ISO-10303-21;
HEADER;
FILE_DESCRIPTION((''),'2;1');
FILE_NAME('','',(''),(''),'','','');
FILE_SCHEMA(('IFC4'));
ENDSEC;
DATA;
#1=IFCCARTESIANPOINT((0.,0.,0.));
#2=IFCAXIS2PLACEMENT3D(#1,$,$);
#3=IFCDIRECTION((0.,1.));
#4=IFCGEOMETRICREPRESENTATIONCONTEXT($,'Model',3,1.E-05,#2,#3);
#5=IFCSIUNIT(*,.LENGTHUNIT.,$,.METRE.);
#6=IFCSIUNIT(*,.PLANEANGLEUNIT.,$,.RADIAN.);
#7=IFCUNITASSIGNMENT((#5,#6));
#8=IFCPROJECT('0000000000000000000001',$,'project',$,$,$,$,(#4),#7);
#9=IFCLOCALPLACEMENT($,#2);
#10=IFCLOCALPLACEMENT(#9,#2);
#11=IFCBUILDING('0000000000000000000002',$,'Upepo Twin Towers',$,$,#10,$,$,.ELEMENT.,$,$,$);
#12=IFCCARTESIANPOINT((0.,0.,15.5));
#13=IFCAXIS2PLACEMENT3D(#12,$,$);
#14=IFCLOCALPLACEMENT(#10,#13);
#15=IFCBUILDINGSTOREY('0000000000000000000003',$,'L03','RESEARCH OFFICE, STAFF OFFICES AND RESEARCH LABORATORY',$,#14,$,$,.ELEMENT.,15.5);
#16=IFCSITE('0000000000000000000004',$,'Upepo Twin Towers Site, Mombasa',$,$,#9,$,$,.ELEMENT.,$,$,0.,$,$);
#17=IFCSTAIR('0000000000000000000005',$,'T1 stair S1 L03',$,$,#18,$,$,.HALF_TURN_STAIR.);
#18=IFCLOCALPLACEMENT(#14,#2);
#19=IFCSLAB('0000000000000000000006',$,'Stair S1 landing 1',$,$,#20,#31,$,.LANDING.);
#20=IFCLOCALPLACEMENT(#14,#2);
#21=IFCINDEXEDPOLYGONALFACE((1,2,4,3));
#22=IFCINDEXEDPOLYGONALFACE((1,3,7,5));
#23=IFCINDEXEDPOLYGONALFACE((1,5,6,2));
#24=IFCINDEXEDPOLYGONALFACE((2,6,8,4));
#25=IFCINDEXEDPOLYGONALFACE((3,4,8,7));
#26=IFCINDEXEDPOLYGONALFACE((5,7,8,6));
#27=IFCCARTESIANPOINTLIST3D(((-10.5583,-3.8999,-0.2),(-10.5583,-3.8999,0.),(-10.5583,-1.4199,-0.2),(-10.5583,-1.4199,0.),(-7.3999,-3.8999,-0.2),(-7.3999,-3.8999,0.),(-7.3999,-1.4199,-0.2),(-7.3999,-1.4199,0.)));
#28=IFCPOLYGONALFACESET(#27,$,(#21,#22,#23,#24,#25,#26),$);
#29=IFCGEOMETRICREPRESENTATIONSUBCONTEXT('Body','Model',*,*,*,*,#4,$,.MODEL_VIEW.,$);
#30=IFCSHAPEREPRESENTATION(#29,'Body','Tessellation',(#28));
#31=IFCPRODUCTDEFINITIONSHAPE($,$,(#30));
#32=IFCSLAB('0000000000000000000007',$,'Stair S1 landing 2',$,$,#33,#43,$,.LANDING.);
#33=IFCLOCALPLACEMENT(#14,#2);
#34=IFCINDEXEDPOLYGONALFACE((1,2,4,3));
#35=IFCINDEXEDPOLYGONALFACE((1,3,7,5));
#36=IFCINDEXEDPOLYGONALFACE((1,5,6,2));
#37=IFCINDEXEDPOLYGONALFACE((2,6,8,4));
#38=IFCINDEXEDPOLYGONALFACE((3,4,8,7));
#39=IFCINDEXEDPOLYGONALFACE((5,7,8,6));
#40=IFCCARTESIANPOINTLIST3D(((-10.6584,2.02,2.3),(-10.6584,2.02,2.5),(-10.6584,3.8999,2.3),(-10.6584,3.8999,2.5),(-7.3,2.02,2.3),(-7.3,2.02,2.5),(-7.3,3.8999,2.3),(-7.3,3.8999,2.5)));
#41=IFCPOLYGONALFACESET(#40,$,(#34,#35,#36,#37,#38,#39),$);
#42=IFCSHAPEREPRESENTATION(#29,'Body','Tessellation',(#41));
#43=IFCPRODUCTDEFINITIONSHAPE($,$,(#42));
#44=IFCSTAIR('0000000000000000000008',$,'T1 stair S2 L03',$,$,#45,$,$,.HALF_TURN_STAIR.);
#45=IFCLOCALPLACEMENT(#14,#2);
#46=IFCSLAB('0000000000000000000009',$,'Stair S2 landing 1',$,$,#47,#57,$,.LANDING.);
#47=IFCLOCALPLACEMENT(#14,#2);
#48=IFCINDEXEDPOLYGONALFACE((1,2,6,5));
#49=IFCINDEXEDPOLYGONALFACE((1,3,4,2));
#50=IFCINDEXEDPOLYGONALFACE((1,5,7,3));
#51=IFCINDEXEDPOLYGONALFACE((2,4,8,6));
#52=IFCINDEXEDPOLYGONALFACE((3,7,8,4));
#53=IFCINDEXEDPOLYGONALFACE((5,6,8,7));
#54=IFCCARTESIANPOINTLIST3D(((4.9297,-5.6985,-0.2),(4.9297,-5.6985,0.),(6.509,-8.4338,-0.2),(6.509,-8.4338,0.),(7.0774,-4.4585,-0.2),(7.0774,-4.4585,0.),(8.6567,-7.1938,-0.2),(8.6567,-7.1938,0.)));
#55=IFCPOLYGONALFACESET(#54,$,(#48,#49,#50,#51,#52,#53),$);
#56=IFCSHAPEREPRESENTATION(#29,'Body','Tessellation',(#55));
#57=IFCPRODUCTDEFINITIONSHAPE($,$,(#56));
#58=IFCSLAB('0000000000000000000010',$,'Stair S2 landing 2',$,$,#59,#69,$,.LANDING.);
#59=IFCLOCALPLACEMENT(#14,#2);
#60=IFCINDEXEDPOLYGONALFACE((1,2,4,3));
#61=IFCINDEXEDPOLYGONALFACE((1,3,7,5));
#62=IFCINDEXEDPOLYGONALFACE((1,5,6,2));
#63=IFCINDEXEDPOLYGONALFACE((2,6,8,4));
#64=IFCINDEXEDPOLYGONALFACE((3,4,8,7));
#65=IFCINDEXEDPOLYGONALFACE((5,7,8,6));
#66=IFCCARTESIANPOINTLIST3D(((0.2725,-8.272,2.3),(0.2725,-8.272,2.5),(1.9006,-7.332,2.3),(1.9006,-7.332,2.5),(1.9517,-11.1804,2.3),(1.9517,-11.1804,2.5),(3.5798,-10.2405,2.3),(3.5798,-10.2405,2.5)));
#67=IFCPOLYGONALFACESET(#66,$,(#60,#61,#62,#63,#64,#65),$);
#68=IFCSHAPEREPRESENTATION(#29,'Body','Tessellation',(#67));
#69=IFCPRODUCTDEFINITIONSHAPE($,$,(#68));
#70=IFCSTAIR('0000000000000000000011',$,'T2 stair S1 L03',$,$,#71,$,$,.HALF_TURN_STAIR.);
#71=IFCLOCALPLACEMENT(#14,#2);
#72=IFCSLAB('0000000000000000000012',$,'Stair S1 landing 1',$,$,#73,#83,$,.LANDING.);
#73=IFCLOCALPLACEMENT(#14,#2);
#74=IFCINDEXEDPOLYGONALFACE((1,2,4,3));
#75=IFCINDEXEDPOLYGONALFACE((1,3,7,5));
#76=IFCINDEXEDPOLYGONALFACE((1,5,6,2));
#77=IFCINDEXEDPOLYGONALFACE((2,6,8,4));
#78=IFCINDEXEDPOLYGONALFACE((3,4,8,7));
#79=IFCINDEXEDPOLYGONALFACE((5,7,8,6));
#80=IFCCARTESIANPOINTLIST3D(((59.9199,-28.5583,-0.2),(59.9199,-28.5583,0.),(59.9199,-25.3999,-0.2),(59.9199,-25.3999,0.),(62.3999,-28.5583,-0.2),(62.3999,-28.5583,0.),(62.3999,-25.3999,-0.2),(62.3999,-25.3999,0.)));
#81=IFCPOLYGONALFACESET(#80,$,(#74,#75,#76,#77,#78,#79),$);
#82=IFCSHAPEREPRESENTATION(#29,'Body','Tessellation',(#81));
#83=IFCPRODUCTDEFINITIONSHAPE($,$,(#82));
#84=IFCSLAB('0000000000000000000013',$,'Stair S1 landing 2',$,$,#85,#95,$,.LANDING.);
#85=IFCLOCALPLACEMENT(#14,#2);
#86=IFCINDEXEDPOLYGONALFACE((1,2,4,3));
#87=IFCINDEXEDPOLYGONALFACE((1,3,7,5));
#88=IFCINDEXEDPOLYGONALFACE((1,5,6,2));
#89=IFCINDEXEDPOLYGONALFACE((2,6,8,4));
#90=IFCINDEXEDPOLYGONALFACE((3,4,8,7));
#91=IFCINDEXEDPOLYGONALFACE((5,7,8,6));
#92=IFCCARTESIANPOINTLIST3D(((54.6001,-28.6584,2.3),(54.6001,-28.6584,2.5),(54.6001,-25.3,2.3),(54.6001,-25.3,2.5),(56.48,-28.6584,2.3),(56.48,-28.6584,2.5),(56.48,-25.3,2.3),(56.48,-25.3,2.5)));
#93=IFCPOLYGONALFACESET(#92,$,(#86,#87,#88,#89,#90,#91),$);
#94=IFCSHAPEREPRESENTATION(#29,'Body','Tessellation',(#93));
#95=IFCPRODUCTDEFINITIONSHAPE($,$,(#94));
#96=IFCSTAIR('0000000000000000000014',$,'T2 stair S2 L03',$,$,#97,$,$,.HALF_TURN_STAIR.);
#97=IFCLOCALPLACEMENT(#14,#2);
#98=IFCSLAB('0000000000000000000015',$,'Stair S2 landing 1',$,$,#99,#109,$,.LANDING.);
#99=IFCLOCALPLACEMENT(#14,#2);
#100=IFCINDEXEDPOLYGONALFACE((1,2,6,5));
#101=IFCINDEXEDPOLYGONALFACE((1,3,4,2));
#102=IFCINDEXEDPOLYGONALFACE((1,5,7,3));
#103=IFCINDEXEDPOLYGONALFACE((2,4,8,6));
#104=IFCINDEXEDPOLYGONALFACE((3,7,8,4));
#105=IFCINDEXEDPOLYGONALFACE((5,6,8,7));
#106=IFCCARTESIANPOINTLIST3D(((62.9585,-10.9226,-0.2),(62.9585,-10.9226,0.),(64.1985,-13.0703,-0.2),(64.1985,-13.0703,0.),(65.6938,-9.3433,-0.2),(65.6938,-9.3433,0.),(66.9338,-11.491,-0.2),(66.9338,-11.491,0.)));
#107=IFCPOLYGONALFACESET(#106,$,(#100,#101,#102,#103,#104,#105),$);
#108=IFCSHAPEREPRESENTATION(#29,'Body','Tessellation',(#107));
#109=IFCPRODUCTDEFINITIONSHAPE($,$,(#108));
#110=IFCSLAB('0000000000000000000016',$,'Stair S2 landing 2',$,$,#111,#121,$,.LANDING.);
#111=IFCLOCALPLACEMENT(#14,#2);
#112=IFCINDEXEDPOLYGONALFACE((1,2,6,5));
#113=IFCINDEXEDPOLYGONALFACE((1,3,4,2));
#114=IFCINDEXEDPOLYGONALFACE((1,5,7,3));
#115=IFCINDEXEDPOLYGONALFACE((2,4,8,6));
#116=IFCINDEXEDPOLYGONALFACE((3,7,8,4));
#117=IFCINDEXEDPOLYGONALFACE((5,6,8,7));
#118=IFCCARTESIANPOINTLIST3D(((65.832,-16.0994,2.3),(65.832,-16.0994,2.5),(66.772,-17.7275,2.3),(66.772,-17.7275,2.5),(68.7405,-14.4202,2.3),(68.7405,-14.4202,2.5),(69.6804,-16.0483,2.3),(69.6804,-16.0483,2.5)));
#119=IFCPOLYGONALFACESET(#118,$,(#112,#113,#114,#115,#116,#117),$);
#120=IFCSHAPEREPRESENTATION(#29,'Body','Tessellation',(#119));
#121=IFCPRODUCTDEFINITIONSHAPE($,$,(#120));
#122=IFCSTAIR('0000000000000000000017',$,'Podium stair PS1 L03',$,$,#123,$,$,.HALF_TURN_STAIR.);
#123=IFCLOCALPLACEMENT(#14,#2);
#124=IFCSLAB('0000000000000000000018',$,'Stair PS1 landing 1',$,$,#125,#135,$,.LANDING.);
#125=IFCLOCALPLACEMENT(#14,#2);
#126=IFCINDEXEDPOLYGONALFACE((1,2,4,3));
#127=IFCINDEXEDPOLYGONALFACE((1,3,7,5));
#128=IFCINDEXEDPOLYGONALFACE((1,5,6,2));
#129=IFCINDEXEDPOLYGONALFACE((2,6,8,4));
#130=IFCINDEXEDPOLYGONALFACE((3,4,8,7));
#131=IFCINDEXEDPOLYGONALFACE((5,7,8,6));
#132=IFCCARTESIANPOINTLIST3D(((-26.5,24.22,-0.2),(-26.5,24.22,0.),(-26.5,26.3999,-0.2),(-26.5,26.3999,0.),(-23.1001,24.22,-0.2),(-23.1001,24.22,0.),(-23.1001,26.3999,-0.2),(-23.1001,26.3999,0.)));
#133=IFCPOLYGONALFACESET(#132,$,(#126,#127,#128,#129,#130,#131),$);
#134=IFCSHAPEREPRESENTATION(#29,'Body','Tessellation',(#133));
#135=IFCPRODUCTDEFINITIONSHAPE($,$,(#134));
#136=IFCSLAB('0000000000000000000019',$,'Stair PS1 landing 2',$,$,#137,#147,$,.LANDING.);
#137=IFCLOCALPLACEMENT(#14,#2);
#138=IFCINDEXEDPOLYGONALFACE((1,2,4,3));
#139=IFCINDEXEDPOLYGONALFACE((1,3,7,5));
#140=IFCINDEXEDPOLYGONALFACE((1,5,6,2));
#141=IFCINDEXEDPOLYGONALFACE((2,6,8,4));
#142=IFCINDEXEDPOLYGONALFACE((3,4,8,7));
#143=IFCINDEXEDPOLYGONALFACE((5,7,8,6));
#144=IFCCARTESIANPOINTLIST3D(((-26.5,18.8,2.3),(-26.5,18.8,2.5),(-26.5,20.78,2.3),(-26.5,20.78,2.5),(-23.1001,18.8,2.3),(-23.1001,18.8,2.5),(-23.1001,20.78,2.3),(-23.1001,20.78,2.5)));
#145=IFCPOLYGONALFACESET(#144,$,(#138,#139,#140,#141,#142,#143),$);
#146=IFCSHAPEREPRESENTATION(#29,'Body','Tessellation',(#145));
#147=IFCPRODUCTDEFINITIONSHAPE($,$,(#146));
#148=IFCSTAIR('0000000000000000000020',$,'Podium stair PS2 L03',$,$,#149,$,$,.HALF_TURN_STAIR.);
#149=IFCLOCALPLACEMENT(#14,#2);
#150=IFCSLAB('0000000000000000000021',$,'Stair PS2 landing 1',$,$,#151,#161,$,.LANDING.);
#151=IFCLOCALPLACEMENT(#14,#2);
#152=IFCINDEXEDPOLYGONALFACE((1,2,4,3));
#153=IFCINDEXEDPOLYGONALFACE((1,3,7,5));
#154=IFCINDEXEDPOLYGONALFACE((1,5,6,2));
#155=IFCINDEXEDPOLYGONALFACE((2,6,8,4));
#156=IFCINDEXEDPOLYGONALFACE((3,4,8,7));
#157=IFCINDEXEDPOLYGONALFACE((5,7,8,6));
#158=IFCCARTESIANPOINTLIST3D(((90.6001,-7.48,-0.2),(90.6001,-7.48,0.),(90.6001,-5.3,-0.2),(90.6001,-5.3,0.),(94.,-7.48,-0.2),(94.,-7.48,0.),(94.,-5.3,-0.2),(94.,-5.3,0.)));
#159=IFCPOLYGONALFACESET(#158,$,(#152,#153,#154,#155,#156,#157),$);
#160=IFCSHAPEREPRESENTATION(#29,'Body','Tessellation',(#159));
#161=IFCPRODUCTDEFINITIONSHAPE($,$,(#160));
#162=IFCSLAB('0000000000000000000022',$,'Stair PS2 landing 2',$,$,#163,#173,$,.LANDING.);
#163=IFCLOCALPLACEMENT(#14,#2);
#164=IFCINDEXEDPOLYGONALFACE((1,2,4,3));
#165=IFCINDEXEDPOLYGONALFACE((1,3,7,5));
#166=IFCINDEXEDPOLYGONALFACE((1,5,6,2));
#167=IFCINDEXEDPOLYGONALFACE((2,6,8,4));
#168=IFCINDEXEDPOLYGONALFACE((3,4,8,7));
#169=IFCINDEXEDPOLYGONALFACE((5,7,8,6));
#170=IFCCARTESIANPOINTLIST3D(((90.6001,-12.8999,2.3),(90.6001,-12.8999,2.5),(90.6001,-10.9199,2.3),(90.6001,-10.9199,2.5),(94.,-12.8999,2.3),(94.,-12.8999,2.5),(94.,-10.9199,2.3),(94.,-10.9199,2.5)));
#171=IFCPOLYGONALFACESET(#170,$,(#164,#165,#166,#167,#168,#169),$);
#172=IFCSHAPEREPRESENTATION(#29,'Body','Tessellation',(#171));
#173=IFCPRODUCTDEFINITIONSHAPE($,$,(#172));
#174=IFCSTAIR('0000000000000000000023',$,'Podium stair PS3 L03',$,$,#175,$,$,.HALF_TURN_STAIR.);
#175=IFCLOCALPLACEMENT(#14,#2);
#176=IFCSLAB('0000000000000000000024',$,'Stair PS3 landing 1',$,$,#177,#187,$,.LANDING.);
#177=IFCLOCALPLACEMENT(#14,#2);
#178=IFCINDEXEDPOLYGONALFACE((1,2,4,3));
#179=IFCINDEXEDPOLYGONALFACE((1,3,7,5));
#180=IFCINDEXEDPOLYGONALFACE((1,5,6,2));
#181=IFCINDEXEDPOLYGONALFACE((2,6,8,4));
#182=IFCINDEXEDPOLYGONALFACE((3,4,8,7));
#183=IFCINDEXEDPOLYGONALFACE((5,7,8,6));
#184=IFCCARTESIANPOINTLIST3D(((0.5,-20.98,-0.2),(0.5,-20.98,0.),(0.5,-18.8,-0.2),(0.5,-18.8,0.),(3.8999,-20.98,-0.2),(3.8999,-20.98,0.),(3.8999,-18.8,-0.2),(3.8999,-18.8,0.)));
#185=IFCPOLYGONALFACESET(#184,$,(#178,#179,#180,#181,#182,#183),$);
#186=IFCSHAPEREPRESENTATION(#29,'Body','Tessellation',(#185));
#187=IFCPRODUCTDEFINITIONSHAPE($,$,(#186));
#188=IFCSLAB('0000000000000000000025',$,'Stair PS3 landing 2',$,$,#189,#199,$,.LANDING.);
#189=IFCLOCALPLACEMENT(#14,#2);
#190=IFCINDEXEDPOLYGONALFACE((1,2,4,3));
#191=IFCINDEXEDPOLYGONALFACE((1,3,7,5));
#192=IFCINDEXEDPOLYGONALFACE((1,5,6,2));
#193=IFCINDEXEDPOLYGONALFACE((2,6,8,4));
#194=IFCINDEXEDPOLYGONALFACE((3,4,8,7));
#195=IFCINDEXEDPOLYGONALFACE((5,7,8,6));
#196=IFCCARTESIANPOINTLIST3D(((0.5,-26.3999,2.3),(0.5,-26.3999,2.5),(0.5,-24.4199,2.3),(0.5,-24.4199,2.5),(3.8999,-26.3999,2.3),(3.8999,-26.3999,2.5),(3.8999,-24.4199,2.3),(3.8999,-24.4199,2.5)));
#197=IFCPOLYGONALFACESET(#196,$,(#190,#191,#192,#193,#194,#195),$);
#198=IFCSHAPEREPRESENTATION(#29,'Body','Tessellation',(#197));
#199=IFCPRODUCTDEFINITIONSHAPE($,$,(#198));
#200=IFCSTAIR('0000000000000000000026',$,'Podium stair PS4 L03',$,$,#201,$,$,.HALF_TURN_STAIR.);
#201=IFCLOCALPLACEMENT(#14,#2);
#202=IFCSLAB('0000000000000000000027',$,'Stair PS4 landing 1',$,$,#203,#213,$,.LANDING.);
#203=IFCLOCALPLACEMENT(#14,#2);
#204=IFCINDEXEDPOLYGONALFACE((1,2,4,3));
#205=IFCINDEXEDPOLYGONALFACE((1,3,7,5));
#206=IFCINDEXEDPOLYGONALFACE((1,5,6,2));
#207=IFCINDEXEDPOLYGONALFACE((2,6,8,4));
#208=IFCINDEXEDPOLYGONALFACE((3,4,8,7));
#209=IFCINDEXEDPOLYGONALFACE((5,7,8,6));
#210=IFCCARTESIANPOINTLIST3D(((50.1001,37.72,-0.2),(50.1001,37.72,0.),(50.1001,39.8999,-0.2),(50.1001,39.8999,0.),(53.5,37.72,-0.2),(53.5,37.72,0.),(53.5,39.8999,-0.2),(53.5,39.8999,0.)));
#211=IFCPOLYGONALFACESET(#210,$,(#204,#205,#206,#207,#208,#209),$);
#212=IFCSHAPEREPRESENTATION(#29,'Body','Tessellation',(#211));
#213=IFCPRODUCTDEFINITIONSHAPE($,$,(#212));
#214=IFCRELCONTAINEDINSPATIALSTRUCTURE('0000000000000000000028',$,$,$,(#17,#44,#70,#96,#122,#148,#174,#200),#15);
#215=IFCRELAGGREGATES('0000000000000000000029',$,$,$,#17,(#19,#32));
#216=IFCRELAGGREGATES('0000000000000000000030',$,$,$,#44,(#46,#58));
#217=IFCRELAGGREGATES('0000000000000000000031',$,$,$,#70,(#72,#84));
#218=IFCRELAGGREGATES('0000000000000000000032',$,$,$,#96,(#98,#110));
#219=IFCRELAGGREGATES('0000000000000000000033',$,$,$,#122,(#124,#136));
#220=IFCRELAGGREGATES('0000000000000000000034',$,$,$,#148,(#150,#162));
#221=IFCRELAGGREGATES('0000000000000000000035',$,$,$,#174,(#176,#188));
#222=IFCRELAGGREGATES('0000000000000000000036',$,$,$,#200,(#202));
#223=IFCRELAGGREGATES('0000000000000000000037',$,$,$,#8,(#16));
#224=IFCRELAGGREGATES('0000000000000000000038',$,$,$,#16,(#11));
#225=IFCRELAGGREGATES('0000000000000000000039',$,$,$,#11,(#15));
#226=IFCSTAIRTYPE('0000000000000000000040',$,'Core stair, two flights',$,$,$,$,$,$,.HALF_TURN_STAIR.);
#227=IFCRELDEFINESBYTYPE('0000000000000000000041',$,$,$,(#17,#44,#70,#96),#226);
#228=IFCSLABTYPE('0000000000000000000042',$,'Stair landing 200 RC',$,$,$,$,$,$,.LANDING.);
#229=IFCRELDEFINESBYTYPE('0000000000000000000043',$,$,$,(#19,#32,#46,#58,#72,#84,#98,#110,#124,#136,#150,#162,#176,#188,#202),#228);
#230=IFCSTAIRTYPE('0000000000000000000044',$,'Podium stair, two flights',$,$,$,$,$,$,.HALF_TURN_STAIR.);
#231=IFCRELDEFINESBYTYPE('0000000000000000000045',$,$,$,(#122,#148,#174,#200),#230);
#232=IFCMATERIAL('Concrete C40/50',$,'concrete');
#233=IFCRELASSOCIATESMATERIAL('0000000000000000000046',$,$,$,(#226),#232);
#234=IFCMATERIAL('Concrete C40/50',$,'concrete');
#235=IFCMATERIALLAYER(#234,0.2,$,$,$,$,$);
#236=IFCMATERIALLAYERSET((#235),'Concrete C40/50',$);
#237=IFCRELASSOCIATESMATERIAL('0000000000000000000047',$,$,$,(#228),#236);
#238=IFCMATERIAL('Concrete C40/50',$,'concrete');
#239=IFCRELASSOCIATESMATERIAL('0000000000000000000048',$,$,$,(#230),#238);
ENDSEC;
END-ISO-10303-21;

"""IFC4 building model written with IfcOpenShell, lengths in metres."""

from ifc_helpers import new_model, si_unit, direction, frame, origin, place, context, subcontext, project, spatial, polyline, outline, extrude, material, layer, layer_set, type_object, element, aggregate, save


model = new_model("IFC4")

# Units and contexts
model_context = context("Model", 3, precision=1e-05, world=origin(), true_north=direction((0.0, 1.0)))
body_context = subcontext(model_context, "Body", "Model", "MODEL_VIEW")
ifc_project = project(units=[si_unit("LENGTHUNIT", "METRE"), si_unit("PLANEANGLEUNIT", "RADIAN")], contexts=[model_context])

# Site, building, storey
site_placement = place(None, origin())
site = spatial("IfcSite", under=ifc_project, at=site_placement, Name="Upepo Twin Towers Site, Mombasa", CompositionType="ELEMENT", RefElevation=0.0)
building_placement = place(site_placement, origin())
building = spatial("IfcBuilding", under=site, at=building_placement, Name="Upepo Twin Towers", CompositionType="ELEMENT")
storey_placement = place(building_placement, frame((0.0, 0.0, 15.5)))
storey = spatial("IfcBuildingStorey", under=building, at=storey_placement, Name="L03", Description="RESEARCH OFFICE, STAFF OFFICES AND RESEARCH LABORATORY", CompositionType="ELEMENT", Elevation=15.5)

# Stairs, slabs
ifc_material_1 = material(Name="Concrete C40/50", Category="concrete")
stair_type_1 = type_object("IfcStairType", Name="Core stair, two flights", PredefinedType="HALF_TURN_STAIR", material=ifc_material_1)
stair_1_placement = place(storey_placement, origin())
stair_1 = element("IfcStair", 1, at=stair_1_placement, inside=storey, type_object=stair_type_1, Name="T1 stair S1 L03", PredefinedType="HALF_TURN_STAIR")
ifc_material_2 = material(Name="Concrete C40/50", Category="concrete")
ifc_layer_1 = layer(ifc_material_2, 0.2)
ifc_layer_set_1 = layer_set([ifc_layer_1], Name="Concrete C40/50")
slab_type = type_object("IfcSlabType", Name="Stair landing 200 RC", PredefinedType="LANDING", material=ifc_layer_set_1)
slab_1_placement = place(storey_placement, frame((0.0, 0.0, -0.2)))
slab_1 = element("IfcSlab", 2, at=slab_1_placement, type_object=slab_type, Name="Stair S1 landing 1", PredefinedType="LANDING", context=body_context, shape_type="SweptSolid", body=[
    extrude(outline(polyline([(-7.3999, -1.4199), (-10.5583, -1.4199), (-10.5583, -3.8999), (-7.3999, -3.8999), (-7.3999, -1.4199)])), origin(), (0.0, 0.0, 1.0), 0.2),
])
slab_2_placement = place(storey_placement, frame((0.0, 0.0, 2.3)))
slab_2 = element("IfcSlab", 3, at=slab_2_placement, type_object=slab_type, Name="Stair S1 landing 2", PredefinedType="LANDING", context=body_context, shape_type="SweptSolid", body=[
    extrude(outline(polyline([(-7.3, 3.8999), (-10.6584, 3.8999), (-10.6584, 2.02), (-7.3, 2.02), (-7.3, 3.8999)])), origin(), (0.0, 0.0, 1.0), 0.2),
])
aggregate(stair_1, [slab_1, slab_2])
stair_2_placement = place(storey_placement, origin())
stair_2 = element("IfcStair", 4, at=stair_2_placement, inside=storey, type_object=stair_type_1, Name="T1 stair S2 L03", PredefinedType="HALF_TURN_STAIR")
slab_3_placement = place(storey_placement, frame((0.0, 0.0, -0.2)))
slab_3 = element("IfcSlab", 5, at=slab_3_placement, type_object=slab_type, Name="Stair S2 landing 1", PredefinedType="LANDING", context=body_context, shape_type="SweptSolid", body=[
    extrude(outline(polyline([(4.9297, -5.6985), (6.509, -8.4338), (8.6567, -7.1938), (7.0774, -4.4585), (4.9297, -5.6985)])), origin(), (0.0, 0.0, 1.0), 0.2),
])
slab_4_placement = place(storey_placement, frame((0.0, 0.0, 2.3)))
slab_4 = element("IfcSlab", 6, at=slab_4_placement, type_object=slab_type, Name="Stair S2 landing 2", PredefinedType="LANDING", context=body_context, shape_type="SweptSolid", body=[
    extrude(outline(polyline([(0.2725, -8.272), (1.9517, -11.1804), (3.5798, -10.2405), (1.9006, -7.332), (0.2725, -8.272)])), origin(), (0.0, 0.0, 1.0), 0.2),
])
aggregate(stair_2, [slab_3, slab_4])
stair_3_placement = place(storey_placement, origin())
stair_3 = element("IfcStair", 7, at=stair_3_placement, inside=storey, type_object=stair_type_1, Name="T2 stair S1 L03", PredefinedType="HALF_TURN_STAIR")
slab_5_placement = place(storey_placement, frame((0.0, 0.0, -0.2)))
slab_5 = element("IfcSlab", 8, at=slab_5_placement, type_object=slab_type, Name="Stair S1 landing 1", PredefinedType="LANDING", context=body_context, shape_type="SweptSolid", body=[
    extrude(outline(polyline([(59.9199, -25.3999), (59.9199, -28.5583), (62.3999, -28.5583), (62.3999, -25.3999), (59.9199, -25.3999)])), origin(), (0.0, 0.0, 1.0), 0.2),
])
slab_6_placement = place(storey_placement, frame((0.0, 0.0, 2.3)))
slab_6 = element("IfcSlab", 9, at=slab_6_placement, type_object=slab_type, Name="Stair S1 landing 2", PredefinedType="LANDING", context=body_context, shape_type="SweptSolid", body=[
    extrude(outline(polyline([(54.6001, -25.3), (54.6001, -28.6584), (56.48, -28.6584), (56.48, -25.3), (54.6001, -25.3)])), origin(), (0.0, 0.0, 1.0), 0.2),
])
aggregate(stair_3, [slab_5, slab_6])
stair_4_placement = place(storey_placement, origin())
stair_4 = element("IfcStair", 10, at=stair_4_placement, inside=storey, type_object=stair_type_1, Name="T2 stair S2 L03", PredefinedType="HALF_TURN_STAIR")
slab_7_placement = place(storey_placement, frame((0.0, 0.0, -0.2)))
slab_7 = element("IfcSlab", 11, at=slab_7_placement, type_object=slab_type, Name="Stair S2 landing 1", PredefinedType="LANDING", context=body_context, shape_type="SweptSolid", body=[
    extrude(outline(polyline([(64.1985, -13.0703), (66.9338, -11.491), (65.6938, -9.3433), (62.9585, -10.9226), (64.1985, -13.0703)])), origin(), (0.0, 0.0, 1.0), 0.2),
])
slab_8_placement = place(storey_placement, frame((0.0, 0.0, 2.3)))
slab_8 = element("IfcSlab", 12, at=slab_8_placement, type_object=slab_type, Name="Stair S2 landing 2", PredefinedType="LANDING", context=body_context, shape_type="SweptSolid", body=[
    extrude(outline(polyline([(66.772, -17.7275), (69.6804, -16.0483), (68.7405, -14.4202), (65.832, -16.0994), (66.772, -17.7275)])), origin(), (0.0, 0.0, 1.0), 0.2),
])
aggregate(stair_4, [slab_7, slab_8])
ifc_material_3 = material(Name="Concrete C40/50", Category="concrete")
stair_type_2 = type_object("IfcStairType", Name="Podium stair, two flights", PredefinedType="HALF_TURN_STAIR", material=ifc_material_3)
stair_5_placement = place(storey_placement, origin())
stair_5 = element("IfcStair", 13, at=stair_5_placement, inside=storey, type_object=stair_type_2, Name="Podium stair PS1 L03", PredefinedType="HALF_TURN_STAIR")
slab_9_placement = place(storey_placement, frame((0.0, 0.0, -0.2)))
slab_9 = element("IfcSlab", 14, at=slab_9_placement, type_object=slab_type, Name="Stair PS1 landing 1", PredefinedType="LANDING", context=body_context, shape_type="SweptSolid", body=[
    extrude(outline(polyline([(-26.5, 24.22), (-23.1001, 24.22), (-23.1001, 26.3999), (-26.5, 26.3999), (-26.5, 24.22)])), origin(), (0.0, 0.0, 1.0), 0.2),
])
slab_10_placement = place(storey_placement, frame((0.0, 0.0, 2.3)))
slab_10 = element("IfcSlab", 15, at=slab_10_placement, type_object=slab_type, Name="Stair PS1 landing 2", PredefinedType="LANDING", context=body_context, shape_type="SweptSolid", body=[
    extrude(outline(polyline([(-26.5, 18.8), (-23.1001, 18.8), (-23.1001, 20.78), (-26.5, 20.78), (-26.5, 18.8)])), origin(), (0.0, 0.0, 1.0), 0.2),
])
aggregate(stair_5, [slab_9, slab_10])
stair_6_placement = place(storey_placement, origin())
stair_6 = element("IfcStair", 16, at=stair_6_placement, inside=storey, type_object=stair_type_2, Name="Podium stair PS2 L03", PredefinedType="HALF_TURN_STAIR")
slab_11_placement = place(storey_placement, frame((0.0, 0.0, -0.2)))
slab_11 = element("IfcSlab", 17, at=slab_11_placement, type_object=slab_type, Name="Stair PS2 landing 1", PredefinedType="LANDING", context=body_context, shape_type="SweptSolid", body=[
    extrude(outline(polyline([(90.6001, -7.48), (94.0, -7.48), (94.0, -5.3), (90.6001, -5.3), (90.6001, -7.48)])), origin(), (0.0, 0.0, 1.0), 0.2),
])
slab_12_placement = place(storey_placement, frame((0.0, 0.0, 2.3)))
slab_12 = element("IfcSlab", 18, at=slab_12_placement, type_object=slab_type, Name="Stair PS2 landing 2", PredefinedType="LANDING", context=body_context, shape_type="SweptSolid", body=[
    extrude(outline(polyline([(90.6001, -12.8999), (94.0, -12.8999), (94.0, -10.9199), (90.6001, -10.9199), (90.6001, -12.8999)])), origin(), (0.0, 0.0, 1.0), 0.2),
])
aggregate(stair_6, [slab_11, slab_12])
stair_7_placement = place(storey_placement, origin())
stair_7 = element("IfcStair", 19, at=stair_7_placement, inside=storey, type_object=stair_type_2, Name="Podium stair PS3 L03", PredefinedType="HALF_TURN_STAIR")
slab_13_placement = place(storey_placement, frame((0.0, 0.0, -0.2)))
slab_13 = element("IfcSlab", 20, at=slab_13_placement, type_object=slab_type, Name="Stair PS3 landing 1", PredefinedType="LANDING", context=body_context, shape_type="SweptSolid", body=[
    extrude(outline(polyline([(0.5, -20.98), (3.8999, -20.98), (3.8999, -18.8), (0.5, -18.8), (0.5, -20.98)])), origin(), (0.0, 0.0, 1.0), 0.2),
])
slab_14_placement = place(storey_placement, frame((0.0, 0.0, 2.3)))
slab_14 = element("IfcSlab", 21, at=slab_14_placement, type_object=slab_type, Name="Stair PS3 landing 2", PredefinedType="LANDING", context=body_context, shape_type="SweptSolid", body=[
    extrude(outline(polyline([(0.5, -26.3999), (3.8999, -26.3999), (3.8999, -24.4199), (0.5, -24.4199), (0.5, -26.3999)])), origin(), (0.0, 0.0, 1.0), 0.2),
])
aggregate(stair_7, [slab_13, slab_14])
stair_8_placement = place(storey_placement, origin())
stair_8 = element("IfcStair", 22, at=stair_8_placement, inside=storey, type_object=stair_type_2, Name="Podium stair PS4 L03", PredefinedType="HALF_TURN_STAIR")
slab_15_placement = place(storey_placement, frame((0.0, 0.0, -0.2)))
slab_15 = element("IfcSlab", 23, at=slab_15_placement, type_object=slab_type, Name="Stair PS4 landing 1", PredefinedType="LANDING", context=body_context, shape_type="SweptSolid", body=[
    extrude(outline(polyline([(50.1001, 37.72), (53.5, 37.72), (53.5, 39.8999), (50.1001, 39.8999), (50.1001, 37.72)])), origin(), (0.0, 0.0, 1.0), 0.2),
])
aggregate(stair_8, [slab_15])

save(model, "model.ifc")
